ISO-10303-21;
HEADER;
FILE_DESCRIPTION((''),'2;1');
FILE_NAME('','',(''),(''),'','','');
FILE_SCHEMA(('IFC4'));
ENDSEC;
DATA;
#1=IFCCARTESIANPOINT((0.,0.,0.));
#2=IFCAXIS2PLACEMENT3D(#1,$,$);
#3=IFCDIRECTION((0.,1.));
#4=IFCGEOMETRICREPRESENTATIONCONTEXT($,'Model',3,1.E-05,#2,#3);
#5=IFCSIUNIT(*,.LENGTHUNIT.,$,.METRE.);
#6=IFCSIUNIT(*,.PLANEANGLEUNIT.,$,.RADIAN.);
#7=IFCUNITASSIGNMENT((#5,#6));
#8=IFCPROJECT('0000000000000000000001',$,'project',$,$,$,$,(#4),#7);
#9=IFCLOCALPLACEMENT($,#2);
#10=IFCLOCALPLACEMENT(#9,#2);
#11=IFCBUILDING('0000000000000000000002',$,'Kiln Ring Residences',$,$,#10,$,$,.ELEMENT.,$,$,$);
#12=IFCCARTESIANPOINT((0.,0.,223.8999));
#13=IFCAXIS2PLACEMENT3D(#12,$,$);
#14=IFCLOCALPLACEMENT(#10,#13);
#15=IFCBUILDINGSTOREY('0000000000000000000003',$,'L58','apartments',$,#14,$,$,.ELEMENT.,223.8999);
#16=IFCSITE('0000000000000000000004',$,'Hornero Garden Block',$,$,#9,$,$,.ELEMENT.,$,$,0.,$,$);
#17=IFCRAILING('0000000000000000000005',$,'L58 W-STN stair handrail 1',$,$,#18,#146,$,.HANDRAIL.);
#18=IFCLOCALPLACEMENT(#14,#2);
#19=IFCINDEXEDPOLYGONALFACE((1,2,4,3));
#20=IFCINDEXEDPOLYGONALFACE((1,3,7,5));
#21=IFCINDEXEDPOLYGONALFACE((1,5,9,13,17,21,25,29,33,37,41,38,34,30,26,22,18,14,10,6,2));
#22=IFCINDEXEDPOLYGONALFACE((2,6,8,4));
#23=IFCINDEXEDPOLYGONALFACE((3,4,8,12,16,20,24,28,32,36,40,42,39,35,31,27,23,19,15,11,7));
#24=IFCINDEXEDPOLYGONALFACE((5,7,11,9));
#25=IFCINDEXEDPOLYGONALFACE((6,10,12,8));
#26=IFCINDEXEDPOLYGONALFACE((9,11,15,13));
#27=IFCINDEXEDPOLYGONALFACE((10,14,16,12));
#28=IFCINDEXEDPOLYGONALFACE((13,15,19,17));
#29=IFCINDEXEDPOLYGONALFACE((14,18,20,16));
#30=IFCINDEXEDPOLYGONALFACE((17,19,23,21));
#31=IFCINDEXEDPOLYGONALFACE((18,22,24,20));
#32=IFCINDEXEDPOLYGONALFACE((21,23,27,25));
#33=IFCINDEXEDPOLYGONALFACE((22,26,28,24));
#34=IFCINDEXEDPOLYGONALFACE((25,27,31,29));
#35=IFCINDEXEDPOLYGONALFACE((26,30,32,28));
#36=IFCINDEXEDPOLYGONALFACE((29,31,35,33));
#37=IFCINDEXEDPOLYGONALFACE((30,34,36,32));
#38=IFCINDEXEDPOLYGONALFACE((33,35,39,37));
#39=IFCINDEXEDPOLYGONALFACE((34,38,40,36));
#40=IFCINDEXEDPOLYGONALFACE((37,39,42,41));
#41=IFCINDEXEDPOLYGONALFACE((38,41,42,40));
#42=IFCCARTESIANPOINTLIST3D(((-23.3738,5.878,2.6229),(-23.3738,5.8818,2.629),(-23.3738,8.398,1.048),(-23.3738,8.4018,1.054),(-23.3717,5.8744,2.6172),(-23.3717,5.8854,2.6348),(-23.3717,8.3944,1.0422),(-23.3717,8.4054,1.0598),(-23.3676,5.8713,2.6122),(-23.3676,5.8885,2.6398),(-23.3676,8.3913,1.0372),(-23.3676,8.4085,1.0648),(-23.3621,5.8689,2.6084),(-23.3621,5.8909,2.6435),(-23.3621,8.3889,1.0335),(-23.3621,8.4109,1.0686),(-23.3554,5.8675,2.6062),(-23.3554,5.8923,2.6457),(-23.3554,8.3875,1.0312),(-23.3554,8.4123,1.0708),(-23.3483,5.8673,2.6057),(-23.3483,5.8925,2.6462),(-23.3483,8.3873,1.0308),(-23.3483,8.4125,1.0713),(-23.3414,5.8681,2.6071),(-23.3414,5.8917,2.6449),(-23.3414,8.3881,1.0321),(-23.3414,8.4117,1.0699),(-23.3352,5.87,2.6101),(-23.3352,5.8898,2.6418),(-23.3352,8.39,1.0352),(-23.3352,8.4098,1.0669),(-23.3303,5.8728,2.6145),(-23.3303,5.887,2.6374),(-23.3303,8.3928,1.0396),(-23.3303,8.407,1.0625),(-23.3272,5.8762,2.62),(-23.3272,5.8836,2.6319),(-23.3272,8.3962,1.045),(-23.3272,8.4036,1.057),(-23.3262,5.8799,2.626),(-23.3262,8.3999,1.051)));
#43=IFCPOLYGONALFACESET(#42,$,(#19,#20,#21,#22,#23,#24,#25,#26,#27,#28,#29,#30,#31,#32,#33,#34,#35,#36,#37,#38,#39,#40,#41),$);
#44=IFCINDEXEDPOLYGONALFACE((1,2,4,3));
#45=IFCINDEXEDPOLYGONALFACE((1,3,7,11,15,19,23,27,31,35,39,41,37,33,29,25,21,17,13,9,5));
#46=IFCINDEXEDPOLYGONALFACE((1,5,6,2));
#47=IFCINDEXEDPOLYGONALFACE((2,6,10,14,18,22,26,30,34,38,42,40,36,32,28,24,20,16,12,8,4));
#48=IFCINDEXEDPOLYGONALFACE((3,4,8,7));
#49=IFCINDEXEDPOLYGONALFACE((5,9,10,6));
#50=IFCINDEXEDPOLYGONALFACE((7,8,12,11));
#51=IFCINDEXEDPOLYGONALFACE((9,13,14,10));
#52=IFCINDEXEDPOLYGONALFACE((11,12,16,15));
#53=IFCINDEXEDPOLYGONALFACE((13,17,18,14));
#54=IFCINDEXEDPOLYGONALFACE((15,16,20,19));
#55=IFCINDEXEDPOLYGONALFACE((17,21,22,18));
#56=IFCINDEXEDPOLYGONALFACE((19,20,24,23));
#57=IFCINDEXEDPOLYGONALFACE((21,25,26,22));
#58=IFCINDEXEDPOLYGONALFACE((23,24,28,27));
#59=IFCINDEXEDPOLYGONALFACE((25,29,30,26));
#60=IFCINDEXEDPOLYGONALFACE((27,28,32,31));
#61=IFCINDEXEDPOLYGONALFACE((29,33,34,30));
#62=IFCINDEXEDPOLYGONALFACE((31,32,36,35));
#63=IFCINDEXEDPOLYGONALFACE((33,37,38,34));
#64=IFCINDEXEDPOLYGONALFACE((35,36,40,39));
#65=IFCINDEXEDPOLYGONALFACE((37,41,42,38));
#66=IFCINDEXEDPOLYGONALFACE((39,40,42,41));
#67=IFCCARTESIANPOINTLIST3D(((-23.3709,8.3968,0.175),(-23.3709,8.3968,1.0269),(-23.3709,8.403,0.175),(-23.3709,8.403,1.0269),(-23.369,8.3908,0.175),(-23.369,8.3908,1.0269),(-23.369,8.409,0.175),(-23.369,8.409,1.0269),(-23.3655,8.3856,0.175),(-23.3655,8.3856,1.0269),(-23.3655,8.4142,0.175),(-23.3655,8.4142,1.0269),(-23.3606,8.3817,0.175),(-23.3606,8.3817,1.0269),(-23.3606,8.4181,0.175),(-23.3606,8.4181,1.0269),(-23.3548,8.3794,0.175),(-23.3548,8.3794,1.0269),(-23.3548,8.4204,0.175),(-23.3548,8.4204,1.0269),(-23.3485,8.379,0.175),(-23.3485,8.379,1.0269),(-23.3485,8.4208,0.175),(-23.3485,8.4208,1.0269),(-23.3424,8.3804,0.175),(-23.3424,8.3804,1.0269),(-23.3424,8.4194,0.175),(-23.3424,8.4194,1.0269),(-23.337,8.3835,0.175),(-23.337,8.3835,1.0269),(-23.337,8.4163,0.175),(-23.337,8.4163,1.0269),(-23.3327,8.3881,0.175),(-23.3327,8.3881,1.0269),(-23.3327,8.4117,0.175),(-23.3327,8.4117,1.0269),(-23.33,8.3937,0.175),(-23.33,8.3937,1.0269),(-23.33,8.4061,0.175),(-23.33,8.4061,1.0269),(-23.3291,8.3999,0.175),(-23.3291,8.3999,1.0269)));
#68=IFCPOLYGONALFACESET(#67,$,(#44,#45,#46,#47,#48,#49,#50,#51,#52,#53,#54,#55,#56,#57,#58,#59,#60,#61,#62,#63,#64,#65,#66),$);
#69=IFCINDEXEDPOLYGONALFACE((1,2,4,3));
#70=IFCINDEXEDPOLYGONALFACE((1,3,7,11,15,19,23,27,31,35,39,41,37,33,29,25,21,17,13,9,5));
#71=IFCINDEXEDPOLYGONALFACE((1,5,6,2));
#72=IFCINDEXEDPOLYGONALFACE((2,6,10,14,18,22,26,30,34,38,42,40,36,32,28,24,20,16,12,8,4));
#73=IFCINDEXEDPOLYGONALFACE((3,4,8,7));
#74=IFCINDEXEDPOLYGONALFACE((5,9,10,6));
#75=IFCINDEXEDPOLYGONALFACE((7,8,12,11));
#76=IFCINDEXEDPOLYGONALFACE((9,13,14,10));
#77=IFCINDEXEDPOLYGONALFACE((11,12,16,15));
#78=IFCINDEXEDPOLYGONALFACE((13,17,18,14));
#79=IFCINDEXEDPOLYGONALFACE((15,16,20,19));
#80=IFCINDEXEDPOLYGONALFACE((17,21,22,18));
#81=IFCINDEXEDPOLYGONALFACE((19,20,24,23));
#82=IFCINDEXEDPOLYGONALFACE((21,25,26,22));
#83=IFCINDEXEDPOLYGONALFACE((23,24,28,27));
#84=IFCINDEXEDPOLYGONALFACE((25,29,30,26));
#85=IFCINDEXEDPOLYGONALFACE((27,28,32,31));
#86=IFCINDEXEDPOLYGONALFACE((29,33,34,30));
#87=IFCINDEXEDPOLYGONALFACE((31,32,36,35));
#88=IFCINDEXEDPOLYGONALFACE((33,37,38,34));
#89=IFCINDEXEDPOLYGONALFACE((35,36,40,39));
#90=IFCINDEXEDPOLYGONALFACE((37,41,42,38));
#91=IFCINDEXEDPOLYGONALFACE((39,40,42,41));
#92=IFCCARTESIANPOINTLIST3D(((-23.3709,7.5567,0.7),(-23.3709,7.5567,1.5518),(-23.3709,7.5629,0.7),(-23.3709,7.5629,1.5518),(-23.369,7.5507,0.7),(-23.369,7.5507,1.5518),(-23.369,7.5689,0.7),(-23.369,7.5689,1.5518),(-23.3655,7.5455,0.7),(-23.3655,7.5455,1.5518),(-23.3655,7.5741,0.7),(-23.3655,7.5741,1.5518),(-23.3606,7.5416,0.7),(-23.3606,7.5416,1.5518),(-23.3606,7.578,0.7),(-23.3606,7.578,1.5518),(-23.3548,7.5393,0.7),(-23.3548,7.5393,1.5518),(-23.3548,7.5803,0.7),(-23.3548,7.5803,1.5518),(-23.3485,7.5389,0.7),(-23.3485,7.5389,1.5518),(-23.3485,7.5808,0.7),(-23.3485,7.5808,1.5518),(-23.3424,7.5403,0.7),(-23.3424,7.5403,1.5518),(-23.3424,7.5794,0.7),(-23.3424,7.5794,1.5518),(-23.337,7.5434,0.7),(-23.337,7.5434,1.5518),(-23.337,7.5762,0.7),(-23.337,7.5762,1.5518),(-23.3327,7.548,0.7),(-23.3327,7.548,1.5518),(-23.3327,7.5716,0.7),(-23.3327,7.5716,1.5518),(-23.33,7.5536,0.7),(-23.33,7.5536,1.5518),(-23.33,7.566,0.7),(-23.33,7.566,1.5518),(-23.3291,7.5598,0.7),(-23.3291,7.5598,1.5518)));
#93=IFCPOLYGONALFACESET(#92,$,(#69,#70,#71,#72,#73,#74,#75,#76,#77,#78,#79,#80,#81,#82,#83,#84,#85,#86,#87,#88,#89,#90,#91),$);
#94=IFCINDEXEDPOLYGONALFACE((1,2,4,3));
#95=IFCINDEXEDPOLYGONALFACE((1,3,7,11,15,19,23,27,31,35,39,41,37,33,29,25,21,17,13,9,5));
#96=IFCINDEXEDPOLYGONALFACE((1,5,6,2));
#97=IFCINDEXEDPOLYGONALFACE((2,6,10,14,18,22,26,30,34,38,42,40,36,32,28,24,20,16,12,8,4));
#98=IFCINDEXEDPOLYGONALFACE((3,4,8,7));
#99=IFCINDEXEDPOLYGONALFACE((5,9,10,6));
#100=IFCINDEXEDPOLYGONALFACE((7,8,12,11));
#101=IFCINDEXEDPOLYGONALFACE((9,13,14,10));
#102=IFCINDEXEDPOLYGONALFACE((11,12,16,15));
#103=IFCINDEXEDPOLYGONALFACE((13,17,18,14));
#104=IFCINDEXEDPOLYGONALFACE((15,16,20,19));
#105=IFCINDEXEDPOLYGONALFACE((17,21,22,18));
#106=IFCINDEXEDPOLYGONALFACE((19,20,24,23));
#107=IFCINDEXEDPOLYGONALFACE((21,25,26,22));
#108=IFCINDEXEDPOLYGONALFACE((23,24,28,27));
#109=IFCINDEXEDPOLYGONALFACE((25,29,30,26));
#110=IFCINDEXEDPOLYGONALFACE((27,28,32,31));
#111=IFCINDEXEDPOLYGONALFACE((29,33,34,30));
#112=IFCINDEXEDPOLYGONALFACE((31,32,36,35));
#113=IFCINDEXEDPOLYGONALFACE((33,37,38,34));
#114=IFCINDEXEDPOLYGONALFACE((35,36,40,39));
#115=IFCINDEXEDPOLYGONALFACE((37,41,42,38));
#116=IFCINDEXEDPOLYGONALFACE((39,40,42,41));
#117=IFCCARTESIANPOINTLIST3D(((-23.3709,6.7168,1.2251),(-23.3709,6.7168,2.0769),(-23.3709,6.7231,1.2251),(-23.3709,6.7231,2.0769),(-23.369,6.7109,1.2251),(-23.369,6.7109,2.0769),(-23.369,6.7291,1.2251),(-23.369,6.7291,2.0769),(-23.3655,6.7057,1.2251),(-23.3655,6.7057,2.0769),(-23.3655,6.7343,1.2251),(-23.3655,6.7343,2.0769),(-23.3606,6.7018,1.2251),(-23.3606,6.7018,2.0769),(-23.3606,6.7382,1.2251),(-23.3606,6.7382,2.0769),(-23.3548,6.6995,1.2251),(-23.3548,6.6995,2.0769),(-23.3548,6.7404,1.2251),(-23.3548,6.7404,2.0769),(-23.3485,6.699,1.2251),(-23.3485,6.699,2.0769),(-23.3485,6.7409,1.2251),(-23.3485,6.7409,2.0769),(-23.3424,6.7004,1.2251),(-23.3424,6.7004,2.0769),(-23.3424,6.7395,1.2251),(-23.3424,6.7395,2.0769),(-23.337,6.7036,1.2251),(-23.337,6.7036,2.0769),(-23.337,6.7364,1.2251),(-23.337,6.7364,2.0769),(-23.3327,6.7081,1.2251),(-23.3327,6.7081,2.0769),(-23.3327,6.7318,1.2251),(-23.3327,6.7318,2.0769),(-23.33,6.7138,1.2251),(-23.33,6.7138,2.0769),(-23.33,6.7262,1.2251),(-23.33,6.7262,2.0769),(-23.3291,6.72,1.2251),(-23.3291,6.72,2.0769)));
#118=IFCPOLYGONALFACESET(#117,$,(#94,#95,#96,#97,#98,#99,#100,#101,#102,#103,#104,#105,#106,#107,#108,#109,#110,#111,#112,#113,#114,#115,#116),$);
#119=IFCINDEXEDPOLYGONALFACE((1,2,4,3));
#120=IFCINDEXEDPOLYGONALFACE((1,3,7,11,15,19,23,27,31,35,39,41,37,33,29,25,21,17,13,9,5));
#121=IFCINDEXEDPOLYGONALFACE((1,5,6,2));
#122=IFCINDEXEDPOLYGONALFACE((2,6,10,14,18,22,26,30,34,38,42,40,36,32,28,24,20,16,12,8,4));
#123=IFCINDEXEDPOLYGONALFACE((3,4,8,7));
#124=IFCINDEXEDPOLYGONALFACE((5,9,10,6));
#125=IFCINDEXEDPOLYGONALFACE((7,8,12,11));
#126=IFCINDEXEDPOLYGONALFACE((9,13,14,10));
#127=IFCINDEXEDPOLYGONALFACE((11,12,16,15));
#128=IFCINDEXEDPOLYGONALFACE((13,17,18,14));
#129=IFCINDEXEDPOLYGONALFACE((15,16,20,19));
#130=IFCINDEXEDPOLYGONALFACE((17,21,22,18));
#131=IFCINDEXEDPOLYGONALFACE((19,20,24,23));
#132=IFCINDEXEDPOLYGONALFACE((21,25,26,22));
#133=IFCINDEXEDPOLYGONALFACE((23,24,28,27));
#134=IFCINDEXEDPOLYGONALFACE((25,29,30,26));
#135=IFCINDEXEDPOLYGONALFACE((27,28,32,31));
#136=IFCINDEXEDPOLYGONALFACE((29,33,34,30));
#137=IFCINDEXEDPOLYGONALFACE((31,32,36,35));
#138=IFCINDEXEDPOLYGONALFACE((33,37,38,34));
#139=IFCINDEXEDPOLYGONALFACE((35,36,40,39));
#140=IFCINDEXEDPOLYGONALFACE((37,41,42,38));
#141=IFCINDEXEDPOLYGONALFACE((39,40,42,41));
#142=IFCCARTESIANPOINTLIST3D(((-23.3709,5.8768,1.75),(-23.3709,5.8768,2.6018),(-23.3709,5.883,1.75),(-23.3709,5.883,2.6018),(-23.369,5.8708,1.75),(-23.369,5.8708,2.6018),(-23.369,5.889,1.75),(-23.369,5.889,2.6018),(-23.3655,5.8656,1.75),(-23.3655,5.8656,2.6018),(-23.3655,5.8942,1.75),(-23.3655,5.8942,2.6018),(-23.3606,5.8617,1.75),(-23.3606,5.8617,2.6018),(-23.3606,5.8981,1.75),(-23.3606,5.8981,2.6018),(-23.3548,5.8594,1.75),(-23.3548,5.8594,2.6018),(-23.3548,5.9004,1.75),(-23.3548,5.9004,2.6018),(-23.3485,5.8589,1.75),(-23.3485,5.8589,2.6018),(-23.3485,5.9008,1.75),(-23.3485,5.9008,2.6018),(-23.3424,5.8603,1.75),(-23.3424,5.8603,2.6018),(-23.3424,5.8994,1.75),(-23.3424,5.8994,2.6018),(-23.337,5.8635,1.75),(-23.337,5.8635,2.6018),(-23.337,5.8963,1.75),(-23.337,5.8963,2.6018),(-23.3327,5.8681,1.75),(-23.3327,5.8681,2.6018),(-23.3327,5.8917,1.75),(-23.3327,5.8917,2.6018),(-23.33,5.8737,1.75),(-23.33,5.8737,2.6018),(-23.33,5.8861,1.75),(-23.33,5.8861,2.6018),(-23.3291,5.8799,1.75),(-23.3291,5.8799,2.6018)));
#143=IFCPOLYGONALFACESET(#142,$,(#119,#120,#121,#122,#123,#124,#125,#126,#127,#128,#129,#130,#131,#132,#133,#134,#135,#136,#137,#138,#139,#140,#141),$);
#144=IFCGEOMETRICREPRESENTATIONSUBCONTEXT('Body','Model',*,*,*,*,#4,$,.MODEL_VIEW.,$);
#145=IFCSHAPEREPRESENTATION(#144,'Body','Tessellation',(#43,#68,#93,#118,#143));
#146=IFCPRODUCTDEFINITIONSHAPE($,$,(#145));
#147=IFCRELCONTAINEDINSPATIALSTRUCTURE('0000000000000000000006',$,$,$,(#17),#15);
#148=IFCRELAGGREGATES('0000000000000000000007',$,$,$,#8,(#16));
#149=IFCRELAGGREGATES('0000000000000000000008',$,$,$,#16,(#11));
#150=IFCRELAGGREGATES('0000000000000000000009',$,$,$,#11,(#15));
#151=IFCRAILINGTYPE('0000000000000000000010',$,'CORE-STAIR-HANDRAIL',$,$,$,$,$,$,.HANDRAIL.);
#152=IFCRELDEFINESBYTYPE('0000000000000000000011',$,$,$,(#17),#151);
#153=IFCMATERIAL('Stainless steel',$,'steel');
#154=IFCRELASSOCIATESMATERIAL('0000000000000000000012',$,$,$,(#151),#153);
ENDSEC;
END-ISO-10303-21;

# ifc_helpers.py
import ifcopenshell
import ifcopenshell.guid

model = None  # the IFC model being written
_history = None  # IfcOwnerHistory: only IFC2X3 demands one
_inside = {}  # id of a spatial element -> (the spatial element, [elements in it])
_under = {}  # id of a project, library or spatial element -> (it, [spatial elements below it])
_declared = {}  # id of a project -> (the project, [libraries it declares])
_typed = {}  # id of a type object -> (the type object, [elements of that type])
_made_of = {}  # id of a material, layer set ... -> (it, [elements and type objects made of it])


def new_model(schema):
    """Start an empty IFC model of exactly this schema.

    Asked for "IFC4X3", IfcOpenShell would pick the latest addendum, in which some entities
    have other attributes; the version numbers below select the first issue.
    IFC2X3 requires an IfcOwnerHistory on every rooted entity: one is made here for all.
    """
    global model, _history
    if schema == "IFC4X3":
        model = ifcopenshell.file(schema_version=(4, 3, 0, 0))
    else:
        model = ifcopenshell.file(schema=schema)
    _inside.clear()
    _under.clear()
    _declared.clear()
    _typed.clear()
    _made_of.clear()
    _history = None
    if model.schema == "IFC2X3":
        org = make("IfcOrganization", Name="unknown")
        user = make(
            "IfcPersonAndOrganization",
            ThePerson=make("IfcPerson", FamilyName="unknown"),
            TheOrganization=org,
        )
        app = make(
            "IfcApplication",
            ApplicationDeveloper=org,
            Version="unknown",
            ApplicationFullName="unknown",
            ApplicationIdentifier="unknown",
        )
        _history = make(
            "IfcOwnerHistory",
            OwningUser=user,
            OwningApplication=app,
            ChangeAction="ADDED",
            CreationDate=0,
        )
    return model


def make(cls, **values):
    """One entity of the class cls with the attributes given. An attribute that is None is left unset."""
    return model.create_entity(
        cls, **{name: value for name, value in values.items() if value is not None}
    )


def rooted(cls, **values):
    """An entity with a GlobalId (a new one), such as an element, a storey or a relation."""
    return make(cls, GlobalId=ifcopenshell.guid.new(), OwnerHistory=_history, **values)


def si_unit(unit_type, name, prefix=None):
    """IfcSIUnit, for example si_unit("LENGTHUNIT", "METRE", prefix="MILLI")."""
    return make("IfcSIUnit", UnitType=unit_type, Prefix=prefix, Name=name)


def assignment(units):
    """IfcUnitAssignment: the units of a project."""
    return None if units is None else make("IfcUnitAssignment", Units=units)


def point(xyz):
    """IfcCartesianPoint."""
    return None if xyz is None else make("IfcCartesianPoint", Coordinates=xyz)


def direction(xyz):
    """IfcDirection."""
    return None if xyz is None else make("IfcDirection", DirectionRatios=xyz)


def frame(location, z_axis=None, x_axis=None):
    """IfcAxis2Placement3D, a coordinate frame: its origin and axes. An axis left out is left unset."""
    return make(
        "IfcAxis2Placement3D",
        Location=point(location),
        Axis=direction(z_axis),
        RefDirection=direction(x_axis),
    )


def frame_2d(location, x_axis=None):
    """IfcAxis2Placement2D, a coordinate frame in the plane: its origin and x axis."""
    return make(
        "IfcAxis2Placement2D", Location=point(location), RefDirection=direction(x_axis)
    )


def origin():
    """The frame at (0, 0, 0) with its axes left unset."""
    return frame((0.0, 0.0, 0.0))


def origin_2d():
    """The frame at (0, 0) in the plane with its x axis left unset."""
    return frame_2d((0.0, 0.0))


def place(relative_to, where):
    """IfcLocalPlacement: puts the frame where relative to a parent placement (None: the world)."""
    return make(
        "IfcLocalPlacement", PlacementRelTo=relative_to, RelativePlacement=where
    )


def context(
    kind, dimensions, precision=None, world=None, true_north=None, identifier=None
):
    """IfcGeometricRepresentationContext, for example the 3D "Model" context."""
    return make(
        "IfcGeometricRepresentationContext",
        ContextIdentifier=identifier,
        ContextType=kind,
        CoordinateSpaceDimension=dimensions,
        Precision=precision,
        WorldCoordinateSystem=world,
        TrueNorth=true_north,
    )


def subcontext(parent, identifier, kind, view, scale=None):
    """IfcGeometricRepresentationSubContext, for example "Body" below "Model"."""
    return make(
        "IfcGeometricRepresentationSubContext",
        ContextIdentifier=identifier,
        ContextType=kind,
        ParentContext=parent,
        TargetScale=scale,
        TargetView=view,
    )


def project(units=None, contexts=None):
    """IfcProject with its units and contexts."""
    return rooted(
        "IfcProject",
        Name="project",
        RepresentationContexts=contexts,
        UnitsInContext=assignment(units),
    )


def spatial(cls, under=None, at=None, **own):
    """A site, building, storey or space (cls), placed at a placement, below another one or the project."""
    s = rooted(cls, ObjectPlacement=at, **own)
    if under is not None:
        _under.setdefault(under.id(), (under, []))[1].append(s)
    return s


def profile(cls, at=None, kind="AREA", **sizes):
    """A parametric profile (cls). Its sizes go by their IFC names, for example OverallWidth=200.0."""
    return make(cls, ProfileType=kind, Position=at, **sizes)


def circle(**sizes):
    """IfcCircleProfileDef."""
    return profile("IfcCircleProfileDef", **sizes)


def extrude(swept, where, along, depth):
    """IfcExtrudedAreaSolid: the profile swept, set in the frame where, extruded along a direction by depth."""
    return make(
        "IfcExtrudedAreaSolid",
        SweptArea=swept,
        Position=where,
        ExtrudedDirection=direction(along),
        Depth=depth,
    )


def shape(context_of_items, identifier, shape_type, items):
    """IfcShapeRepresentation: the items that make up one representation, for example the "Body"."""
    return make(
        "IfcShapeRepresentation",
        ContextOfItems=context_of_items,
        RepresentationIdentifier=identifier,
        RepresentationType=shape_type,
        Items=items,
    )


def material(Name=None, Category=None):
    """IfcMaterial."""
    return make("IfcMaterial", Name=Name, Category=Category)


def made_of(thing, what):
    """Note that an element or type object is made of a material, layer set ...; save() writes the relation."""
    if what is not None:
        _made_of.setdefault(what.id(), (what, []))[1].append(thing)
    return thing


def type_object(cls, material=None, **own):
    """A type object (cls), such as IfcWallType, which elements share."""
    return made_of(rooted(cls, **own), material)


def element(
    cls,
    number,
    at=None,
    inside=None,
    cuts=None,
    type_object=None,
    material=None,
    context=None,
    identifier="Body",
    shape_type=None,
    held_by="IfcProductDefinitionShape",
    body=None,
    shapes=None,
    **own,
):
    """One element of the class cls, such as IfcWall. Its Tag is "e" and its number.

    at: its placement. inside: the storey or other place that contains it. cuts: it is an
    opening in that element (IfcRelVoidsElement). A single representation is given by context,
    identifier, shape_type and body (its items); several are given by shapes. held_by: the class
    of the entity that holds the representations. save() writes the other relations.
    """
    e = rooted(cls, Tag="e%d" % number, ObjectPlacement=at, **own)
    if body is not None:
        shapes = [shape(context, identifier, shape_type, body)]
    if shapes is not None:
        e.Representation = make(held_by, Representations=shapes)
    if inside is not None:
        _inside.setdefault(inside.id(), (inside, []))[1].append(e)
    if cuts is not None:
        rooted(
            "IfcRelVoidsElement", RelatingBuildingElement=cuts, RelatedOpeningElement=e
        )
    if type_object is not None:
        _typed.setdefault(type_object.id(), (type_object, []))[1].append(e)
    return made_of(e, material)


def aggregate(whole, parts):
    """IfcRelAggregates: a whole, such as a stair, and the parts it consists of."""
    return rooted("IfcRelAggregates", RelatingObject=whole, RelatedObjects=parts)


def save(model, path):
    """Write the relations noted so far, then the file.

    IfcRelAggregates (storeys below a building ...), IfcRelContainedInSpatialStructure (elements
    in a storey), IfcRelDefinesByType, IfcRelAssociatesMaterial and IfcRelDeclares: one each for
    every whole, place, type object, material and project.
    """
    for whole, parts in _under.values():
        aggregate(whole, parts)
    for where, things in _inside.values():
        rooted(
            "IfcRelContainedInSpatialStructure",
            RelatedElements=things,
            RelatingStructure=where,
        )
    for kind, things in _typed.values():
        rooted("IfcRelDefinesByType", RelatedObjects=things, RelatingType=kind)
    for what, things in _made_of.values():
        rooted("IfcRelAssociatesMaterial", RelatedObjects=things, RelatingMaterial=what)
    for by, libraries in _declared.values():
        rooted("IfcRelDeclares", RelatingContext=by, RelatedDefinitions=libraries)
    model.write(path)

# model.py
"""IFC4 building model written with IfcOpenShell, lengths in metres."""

from ifc_helpers import new_model, si_unit, direction, frame, origin, origin_2d, place, context, subcontext, project, spatial, circle, extrude, material, type_object, element, save


model = new_model("IFC4")

# Units and contexts
model_context = context("Model", 3, precision=1e-05, world=origin(), true_north=direction((0.0, 1.0)))
body_context = subcontext(model_context, "Body", "Model", "MODEL_VIEW")
ifc_project = project(units=[si_unit("LENGTHUNIT", "METRE"), si_unit("PLANEANGLEUNIT", "RADIAN")], contexts=[model_context])

# Site, building, storey
site_placement = place(None, origin())
site = spatial("IfcSite", under=ifc_project, at=site_placement, Name="Hornero Garden Block", CompositionType="ELEMENT", RefElevation=0.0)
building_placement = place(site_placement, origin())
building = spatial("IfcBuilding", under=site, at=building_placement, Name="Kiln Ring Residences", CompositionType="ELEMENT")
storey_placement = place(building_placement, frame((0.0, 0.0, 223.8999)))
storey = spatial("IfcBuildingStorey", under=building, at=storey_placement, Name="L58", Description="apartments", CompositionType="ELEMENT", Elevation=223.8999)

# Railing
ifc_material_1 = material(Name="Stainless steel", Category="steel")
railing_type_1 = type_object("IfcRailingType", Name="CORE-STAIR-HANDRAIL", PredefinedType="HANDRAIL", material=ifc_material_1)
railing_1_placement = place(storey_placement, frame((-23.3501, 8.3999, 0.175)))
element("IfcRailing", 1, at=railing_1_placement, inside=storey, type_object=railing_type_1, Name="L58 W-STN stair handrail 1", PredefinedType="HANDRAIL", context=body_context, shape_type="SweptSolid", body=[
    extrude(circle(Radius=0.0239, at=origin_2d()), frame((0.0, 0.0, 0.876), z_axis=(0.0, -0.848008, 0.529984), x_axis=(1.0, 0.0, 0.0)), (0.0, 0.0, 1.0), 2.9717),
    extrude(circle(Radius=0.021, at=origin_2d()), origin(), (0.0, 0.0, 1.0), 0.8518),
    extrude(circle(Radius=0.021, at=origin_2d()), frame((0.0, -0.8401, 0.5249)), (0.0, 0.0, 1.0), 0.8518),
    extrude(circle(Radius=0.021, at=origin_2d()), frame((0.0, -1.6799, 1.05)), (0.0, 0.0, 1.0), 0.8518),
    extrude(circle(Radius=0.021, at=origin_2d()), frame((0.0, -2.52, 1.575)), (0.0, 0.0, 1.0), 0.8518),
])

save(model, "model.ifc")
